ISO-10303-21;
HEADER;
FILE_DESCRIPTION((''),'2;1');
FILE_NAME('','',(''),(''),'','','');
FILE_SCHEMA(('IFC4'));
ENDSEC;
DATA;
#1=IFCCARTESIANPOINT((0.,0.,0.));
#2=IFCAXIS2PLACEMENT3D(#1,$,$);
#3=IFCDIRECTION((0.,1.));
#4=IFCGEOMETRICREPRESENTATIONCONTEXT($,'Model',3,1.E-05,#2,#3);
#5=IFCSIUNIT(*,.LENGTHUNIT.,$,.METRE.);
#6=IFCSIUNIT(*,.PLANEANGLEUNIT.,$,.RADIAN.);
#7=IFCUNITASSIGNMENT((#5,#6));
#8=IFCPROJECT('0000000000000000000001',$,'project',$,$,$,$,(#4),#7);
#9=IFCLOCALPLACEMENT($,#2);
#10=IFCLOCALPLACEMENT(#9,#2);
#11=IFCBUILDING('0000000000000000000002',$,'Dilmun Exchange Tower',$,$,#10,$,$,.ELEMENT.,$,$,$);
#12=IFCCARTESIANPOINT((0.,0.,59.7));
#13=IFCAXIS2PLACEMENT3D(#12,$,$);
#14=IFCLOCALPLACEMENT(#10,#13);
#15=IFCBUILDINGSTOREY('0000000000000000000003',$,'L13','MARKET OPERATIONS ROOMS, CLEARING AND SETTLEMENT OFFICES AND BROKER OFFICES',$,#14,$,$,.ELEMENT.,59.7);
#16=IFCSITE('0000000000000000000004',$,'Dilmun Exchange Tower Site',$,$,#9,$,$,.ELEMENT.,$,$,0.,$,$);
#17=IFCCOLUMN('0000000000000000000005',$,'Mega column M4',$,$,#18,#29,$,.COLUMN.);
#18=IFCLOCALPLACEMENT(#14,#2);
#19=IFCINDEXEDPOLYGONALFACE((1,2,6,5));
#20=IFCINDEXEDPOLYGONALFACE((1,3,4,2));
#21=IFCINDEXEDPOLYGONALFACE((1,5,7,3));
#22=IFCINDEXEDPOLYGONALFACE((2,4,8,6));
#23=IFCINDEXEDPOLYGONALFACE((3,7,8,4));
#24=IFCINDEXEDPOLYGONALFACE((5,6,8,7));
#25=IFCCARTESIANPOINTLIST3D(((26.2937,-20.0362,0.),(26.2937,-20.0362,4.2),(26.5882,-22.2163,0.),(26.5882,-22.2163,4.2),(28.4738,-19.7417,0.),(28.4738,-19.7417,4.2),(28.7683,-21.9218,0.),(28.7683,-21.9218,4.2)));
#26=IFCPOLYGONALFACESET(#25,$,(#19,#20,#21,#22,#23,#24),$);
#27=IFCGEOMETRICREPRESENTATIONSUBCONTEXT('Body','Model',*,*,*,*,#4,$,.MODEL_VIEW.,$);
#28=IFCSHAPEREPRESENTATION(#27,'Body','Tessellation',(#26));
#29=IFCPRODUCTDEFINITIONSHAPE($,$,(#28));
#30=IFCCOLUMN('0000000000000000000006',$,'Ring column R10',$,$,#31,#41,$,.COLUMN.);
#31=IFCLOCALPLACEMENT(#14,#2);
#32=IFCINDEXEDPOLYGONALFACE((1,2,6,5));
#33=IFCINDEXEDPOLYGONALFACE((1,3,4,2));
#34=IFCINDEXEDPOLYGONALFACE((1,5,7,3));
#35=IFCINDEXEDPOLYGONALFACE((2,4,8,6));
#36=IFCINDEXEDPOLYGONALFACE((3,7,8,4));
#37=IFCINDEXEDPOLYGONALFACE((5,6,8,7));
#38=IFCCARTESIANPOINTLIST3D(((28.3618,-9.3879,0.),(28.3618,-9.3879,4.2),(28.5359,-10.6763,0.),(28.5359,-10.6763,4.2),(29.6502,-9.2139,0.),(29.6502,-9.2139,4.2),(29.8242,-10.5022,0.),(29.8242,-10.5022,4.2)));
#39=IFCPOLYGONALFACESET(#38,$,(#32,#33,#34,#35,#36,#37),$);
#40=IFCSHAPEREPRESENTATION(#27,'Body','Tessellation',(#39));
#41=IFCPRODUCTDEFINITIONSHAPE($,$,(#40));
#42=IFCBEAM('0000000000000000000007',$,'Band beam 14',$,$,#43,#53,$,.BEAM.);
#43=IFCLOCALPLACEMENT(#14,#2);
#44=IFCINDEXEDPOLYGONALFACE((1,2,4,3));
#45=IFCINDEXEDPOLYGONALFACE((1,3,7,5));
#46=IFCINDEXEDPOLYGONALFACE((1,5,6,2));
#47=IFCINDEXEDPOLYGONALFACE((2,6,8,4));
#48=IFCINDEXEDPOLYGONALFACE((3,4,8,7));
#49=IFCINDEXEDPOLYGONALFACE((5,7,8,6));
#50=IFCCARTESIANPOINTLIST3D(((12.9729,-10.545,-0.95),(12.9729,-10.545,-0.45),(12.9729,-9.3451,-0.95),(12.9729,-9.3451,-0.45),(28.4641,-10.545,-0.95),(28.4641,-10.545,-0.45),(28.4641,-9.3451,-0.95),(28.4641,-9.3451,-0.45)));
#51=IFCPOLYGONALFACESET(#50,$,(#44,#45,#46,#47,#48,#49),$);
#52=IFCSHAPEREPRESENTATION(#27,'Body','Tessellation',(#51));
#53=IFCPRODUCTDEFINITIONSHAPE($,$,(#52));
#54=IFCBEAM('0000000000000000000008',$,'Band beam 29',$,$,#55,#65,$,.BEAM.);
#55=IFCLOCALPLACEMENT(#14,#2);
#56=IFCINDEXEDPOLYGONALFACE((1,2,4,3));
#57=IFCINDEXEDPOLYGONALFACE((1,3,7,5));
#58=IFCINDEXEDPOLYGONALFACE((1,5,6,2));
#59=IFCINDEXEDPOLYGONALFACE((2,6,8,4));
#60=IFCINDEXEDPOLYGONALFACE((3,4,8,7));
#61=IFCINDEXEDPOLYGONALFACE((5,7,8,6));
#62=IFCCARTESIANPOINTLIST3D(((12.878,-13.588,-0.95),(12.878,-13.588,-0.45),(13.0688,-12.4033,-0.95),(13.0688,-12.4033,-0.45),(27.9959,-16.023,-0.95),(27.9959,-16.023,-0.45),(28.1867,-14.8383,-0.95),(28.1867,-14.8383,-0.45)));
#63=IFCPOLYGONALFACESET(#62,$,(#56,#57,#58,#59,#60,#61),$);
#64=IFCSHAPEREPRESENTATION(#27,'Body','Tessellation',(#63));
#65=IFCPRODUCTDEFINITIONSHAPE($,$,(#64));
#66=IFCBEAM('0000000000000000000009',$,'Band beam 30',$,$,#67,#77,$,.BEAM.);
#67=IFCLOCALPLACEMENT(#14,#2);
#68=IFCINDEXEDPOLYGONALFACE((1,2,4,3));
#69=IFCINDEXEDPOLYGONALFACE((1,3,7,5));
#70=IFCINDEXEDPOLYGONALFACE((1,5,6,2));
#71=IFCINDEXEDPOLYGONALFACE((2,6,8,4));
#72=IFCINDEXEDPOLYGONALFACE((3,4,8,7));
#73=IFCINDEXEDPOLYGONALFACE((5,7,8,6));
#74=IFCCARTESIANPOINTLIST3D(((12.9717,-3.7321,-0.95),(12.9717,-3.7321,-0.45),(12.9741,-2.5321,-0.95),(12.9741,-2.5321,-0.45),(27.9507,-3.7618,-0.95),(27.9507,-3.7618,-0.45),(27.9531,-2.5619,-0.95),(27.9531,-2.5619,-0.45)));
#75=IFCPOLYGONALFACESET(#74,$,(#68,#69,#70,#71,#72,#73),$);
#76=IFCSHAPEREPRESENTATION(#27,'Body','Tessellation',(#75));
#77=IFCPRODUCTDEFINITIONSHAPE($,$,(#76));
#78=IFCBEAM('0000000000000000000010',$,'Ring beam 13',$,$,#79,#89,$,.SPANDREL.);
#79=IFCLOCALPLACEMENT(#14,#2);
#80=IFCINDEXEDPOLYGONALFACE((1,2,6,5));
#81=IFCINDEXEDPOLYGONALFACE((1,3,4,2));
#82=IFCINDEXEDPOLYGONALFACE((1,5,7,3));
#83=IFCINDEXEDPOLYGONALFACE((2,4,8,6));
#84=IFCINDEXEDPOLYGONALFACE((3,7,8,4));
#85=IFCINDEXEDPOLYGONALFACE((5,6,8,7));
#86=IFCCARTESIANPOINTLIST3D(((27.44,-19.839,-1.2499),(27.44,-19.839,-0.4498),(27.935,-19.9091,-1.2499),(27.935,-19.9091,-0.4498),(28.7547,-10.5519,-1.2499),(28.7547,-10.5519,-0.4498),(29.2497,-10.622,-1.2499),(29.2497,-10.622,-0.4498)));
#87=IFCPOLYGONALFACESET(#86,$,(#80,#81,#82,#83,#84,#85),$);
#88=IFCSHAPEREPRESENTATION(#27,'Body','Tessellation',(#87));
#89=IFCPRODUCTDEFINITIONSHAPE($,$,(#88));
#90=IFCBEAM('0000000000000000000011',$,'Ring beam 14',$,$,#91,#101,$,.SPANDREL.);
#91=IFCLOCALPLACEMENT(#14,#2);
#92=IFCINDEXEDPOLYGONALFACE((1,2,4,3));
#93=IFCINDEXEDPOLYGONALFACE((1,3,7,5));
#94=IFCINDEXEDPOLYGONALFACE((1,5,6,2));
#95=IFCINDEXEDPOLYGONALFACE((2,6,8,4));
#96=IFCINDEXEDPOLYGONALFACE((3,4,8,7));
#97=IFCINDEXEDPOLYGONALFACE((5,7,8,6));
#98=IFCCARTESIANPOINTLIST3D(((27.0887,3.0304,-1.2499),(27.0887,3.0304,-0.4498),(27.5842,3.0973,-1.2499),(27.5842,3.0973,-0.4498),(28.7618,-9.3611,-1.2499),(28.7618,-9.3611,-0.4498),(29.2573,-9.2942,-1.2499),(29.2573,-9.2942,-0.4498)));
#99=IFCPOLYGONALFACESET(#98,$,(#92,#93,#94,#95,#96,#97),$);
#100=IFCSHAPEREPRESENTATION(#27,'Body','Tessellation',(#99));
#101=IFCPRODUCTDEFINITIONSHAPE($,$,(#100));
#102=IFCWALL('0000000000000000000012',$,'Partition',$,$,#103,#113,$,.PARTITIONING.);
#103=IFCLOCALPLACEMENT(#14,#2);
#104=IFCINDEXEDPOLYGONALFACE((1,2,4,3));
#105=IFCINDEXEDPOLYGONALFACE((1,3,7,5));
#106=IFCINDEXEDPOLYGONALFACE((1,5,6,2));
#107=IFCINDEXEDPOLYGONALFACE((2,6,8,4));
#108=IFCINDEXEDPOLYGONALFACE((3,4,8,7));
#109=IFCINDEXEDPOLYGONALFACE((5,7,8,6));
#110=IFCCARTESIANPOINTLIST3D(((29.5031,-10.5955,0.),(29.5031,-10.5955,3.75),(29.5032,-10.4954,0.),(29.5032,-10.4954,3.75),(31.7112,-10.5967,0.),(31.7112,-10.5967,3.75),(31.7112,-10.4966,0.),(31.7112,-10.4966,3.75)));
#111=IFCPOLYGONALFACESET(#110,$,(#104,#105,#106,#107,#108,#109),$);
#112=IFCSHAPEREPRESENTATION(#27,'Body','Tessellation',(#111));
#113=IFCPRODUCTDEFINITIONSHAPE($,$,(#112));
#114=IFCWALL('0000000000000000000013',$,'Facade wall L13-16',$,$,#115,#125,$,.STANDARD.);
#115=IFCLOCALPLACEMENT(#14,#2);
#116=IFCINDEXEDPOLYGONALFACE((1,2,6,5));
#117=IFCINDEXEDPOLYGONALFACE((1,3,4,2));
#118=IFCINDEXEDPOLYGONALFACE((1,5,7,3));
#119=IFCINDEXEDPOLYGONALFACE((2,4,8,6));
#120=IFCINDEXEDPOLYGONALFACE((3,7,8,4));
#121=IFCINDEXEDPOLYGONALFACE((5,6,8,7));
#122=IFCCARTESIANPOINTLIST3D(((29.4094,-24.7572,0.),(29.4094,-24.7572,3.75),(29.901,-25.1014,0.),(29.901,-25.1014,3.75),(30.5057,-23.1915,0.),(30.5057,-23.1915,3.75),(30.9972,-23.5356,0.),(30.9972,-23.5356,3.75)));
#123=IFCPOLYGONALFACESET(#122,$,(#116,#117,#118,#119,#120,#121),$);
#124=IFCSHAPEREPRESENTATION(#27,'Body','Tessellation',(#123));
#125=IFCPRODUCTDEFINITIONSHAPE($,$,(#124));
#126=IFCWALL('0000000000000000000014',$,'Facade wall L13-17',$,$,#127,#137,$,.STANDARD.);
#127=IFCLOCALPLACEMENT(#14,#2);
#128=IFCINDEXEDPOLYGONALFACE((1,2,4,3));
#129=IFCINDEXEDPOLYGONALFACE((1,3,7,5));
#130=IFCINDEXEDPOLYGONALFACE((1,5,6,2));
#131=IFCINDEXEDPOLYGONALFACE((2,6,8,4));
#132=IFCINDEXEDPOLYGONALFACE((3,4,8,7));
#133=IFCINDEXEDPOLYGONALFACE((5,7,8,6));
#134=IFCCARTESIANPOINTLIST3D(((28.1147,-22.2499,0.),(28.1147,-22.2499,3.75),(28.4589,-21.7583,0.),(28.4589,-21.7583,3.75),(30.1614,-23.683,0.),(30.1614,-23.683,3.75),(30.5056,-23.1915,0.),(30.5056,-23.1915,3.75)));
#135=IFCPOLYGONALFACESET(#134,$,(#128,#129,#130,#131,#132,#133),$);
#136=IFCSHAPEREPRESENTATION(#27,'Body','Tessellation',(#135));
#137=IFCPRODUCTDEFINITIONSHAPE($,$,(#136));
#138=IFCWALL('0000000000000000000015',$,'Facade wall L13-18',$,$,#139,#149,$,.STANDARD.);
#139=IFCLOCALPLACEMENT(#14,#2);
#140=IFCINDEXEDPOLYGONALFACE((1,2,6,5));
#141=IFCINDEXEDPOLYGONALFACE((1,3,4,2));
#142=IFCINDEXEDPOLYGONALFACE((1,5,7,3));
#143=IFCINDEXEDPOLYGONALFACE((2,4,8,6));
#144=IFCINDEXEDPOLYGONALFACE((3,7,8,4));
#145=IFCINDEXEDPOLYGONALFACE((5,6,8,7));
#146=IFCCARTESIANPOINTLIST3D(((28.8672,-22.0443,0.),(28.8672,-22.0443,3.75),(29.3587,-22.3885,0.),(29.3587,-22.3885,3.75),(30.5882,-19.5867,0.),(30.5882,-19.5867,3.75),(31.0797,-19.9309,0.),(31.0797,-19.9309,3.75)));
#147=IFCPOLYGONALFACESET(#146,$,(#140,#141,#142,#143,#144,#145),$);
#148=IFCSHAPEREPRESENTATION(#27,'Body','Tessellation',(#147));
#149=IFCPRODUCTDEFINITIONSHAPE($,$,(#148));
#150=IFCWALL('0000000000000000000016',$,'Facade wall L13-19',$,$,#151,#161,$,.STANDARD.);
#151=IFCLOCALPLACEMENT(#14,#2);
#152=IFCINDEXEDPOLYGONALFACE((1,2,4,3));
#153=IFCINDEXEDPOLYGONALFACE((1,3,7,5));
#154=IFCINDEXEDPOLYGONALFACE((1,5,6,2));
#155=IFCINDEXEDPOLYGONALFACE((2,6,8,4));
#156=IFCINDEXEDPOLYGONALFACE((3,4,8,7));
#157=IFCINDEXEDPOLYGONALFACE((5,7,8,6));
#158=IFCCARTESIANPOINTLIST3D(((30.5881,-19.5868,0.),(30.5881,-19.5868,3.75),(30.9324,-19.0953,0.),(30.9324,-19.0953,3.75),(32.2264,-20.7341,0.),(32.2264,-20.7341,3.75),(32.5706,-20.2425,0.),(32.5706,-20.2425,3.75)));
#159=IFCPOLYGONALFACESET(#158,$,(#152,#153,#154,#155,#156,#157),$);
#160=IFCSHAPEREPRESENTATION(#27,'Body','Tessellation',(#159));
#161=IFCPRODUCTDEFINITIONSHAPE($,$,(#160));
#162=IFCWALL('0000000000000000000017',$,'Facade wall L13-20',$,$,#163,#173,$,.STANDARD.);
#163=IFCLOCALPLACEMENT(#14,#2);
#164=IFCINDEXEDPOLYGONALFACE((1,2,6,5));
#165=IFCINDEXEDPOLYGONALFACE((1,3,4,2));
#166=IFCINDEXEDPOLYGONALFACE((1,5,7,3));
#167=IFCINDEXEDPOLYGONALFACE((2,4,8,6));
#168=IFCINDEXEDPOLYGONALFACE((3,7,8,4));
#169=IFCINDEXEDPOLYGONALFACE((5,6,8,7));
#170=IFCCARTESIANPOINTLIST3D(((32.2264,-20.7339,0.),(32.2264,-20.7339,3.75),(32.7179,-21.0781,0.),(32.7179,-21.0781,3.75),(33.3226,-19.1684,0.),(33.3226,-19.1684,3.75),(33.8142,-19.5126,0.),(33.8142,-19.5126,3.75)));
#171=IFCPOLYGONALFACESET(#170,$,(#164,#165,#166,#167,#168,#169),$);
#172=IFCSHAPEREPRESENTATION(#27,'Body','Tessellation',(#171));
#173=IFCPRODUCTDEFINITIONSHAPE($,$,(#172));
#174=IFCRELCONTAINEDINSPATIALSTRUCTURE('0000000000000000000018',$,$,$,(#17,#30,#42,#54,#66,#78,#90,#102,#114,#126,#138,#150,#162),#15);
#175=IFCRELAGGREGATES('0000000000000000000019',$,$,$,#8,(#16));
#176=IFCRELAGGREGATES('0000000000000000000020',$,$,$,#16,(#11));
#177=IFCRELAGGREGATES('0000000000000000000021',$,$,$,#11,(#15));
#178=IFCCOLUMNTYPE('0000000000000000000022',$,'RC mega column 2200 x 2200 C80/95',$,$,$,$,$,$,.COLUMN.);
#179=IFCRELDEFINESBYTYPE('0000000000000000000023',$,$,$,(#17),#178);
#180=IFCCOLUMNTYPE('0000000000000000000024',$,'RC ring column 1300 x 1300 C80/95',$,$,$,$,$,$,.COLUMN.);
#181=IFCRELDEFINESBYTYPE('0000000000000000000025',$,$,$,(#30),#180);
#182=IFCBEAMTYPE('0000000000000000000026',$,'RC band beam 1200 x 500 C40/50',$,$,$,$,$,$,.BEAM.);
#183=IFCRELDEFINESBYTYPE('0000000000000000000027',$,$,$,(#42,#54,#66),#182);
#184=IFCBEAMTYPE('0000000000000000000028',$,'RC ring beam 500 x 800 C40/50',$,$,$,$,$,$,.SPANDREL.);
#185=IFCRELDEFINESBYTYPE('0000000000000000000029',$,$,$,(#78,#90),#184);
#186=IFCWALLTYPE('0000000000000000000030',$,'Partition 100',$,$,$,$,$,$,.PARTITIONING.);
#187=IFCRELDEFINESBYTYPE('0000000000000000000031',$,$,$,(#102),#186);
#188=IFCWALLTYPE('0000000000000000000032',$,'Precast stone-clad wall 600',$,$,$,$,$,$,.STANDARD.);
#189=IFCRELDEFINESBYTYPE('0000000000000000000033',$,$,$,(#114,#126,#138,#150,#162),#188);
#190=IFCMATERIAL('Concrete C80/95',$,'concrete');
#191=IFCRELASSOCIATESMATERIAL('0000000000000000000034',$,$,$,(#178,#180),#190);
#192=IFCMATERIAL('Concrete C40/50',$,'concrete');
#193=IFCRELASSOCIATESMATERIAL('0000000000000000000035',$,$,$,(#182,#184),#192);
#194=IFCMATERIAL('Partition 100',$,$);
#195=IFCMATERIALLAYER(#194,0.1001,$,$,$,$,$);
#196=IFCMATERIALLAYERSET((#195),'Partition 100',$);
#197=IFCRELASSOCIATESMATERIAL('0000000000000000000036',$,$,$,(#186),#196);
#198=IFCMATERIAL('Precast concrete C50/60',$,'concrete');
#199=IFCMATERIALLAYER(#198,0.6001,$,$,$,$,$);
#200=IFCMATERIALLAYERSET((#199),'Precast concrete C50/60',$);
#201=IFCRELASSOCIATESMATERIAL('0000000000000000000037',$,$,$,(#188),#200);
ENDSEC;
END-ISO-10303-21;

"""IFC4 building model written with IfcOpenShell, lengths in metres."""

from ifc_helpers import new_model, si_unit, direction, frame, frame_2d, origin, origin_2d, place, context, subcontext, project, spatial, rectangle, extrude, material, layer, layer_set, material_profile, profile_set, type_object, element, save


model = new_model("IFC4")

# Units and contexts
model_context = context("Model", 3, precision=1e-05, world=origin(), true_north=direction((0.0, 1.0)))
body_context = subcontext(model_context, "Body", "Model", "MODEL_VIEW")
ifc_project = project(units=[si_unit("LENGTHUNIT", "METRE"), si_unit("PLANEANGLEUNIT", "RADIAN")], contexts=[model_context])

# Site, building, storey
site_placement = place(None, origin())
site = spatial("IfcSite", under=ifc_project, at=site_placement, Name="Dilmun Exchange Tower Site", CompositionType="ELEMENT", RefElevation=0.0)
building_placement = place(site_placement, origin())
building = spatial("IfcBuilding", under=site, at=building_placement, Name="Dilmun Exchange Tower", CompositionType="ELEMENT")
storey_placement = place(building_placement, frame((0.0, 0.0, 59.7)))
storey = spatial("IfcBuildingStorey", under=building, at=storey_placement, Name="L13", Description="MARKET OPERATIONS ROOMS, CLEARING AND SETTLEMENT OFFICES AND BROKER OFFICES", CompositionType="ELEMENT", Elevation=59.7)

# Columns
ifc_material_1 = material(Name="Concrete C80/95", Category="concrete")
ifc_material_profile_1 = material_profile(ifc_material_1, rectangle(XDim=2.2, YDim=2.2, at=origin_2d()), Name="2200 x 2200")
ifc_profile_set_1 = profile_set([ifc_material_profile_1], Name="Concrete C80/95")
column_type_1 = type_object("IfcColumnType", Name="RC mega column 2200 x 2200 C80/95", PredefinedType="COLUMN", material=ifc_profile_set_1)
column_1_placement = place(storey_placement, frame((27.531, -20.979, 0.0), z_axis=(0.0, 0.0, 1.0), x_axis=(0.991001, 0.133853, 0.0)))
element("IfcColumn", 1, at=column_1_placement, inside=storey, type_object=column_type_1, Name="Mega column M4", PredefinedType="COLUMN", context=body_context, shape_type="SweptSolid", body=[
    extrude(rectangle(XDim=2.2, YDim=2.2, at=origin_2d()), origin(), (0.0, 0.0, 1.0), 4.2),
])
ifc_material_profile_2 = material_profile(ifc_material_1, rectangle(XDim=1.3, YDim=1.3, at=origin_2d()), Name="1300 x 1300")
ifc_profile_set_2 = profile_set([ifc_material_profile_2], Name="Concrete C80/95")
column_type_2 = type_object("IfcColumnType", Name="RC ring column 1300 x 1300 C80/95", PredefinedType="COLUMN", material=ifc_profile_set_2)
column_2_placement = place(storey_placement, frame((29.093, -9.9451, 0.0), z_axis=(0.0, 0.0, 1.0), x_axis=(0.991001, 0.133853, 0.0)))
element("IfcColumn", 2, at=column_2_placement, inside=storey, type_object=column_type_2, Name="Ring column R10", PredefinedType="COLUMN", context=body_context, shape_type="SweptSolid", body=[
    extrude(rectangle(XDim=1.3, YDim=1.3, at=origin_2d()), origin(), (0.0, 0.0, 1.0), 4.2),
])

# Beams
ifc_material_2 = material(Name="Concrete C40/50", Category="concrete")
ifc_material_profile_3 = material_profile(ifc_material_2, rectangle(XDim=1.2, YDim=0.5, at=origin_2d()), Name="1200 x 500")
ifc_profile_set_3 = profile_set([ifc_material_profile_3], Name="Concrete C40/50")
beam_type_1 = type_object("IfcBeamType", Name="RC band beam 1200 x 500 C40/50", PredefinedType="BEAM", material=ifc_profile_set_3)
beam_1_placement = place(storey_placement, frame((28.4641, -9.9451, -0.7), z_axis=(-1.0, 0.0, 0.0), x_axis=(0.0, -1.0, 0.0)))
element("IfcBeam", 3, at=beam_1_placement, inside=storey, type_object=beam_type_1, Name="Band beam 14", PredefinedType="BEAM", context=body_context, shape_type="SweptSolid", body=[
    extrude(rectangle(XDim=1.2, YDim=0.5, at=origin_2d()), origin(), (0.0, 0.0, 1.0), 15.4912),
])
beam_2_placement = place(storey_placement, frame((28.0913, -15.4307, -0.7), z_axis=(-0.987275, 0.159021, 0.0), x_axis=(-0.159021, -0.987275, 0.0)))
element("IfcBeam", 4, at=beam_2_placement, inside=storey, type_object=beam_type_1, Name="Band beam 29", PredefinedType="BEAM", context=body_context, shape_type="SweptSolid", body=[
    extrude(rectangle(XDim=1.2, YDim=0.5, at=origin_2d()), origin(), (0.0, 0.0, 1.0), 15.3127),
])
beam_3_placement = place(storey_placement, frame((27.9519, -3.1619, -0.7), z_axis=(-0.999998, 0.001988, 0.0), x_axis=(-0.001988, -0.999998, 0.0)))
element("IfcBeam", 5, at=beam_3_placement, inside=storey, type_object=beam_type_1, Name="Band beam 30", PredefinedType="BEAM", context=body_context, shape_type="SweptSolid", body=[
    extrude(rectangle(XDim=1.2, YDim=0.5, at=origin_2d()), origin(), (0.0, 0.0, 1.0), 14.979),
])
ifc_material_profile_4 = material_profile(ifc_material_2, rectangle(XDim=0.5, YDim=0.8, at=origin_2d()), Name="500 x 800")
ifc_profile_set_4 = profile_set([ifc_material_profile_4], Name="Concrete C40/50")
beam_type_2 = type_object("IfcBeamType", Name="RC ring beam 500 x 800 C40/50", PredefinedType="SPANDREL", material=ifc_profile_set_4)
beam_4_placement = place(storey_placement, frame((27.6875, -19.874, -0.8499), z_axis=(0.140164, 0.990128, 0.0), x_axis=(-0.990128, 0.140164, 0.0)))
element("IfcBeam", 6, at=beam_4_placement, inside=storey, type_object=beam_type_2, Name="Ring beam 13", PredefinedType="SPANDREL", context=body_context, shape_type="SweptSolid", body=[
    extrude(rectangle(XDim=0.5, YDim=0.8, at=origin_2d()), origin(), (0.0, 0.0, 1.0), 9.3796),
])
beam_5_placement = place(storey_placement, frame((29.0095, -9.3276, -0.8499), z_axis=(-0.133807, 0.991007, 0.0), x_axis=(-0.991007, -0.133807, 0.0)))
element("IfcBeam", 7, at=beam_5_placement, inside=storey, type_object=beam_type_2, Name="Ring beam 14", PredefinedType="SPANDREL", context=body_context, shape_type="SweptSolid", body=[
    extrude(rectangle(XDim=0.5, YDim=0.8, at=origin_2d()), origin(), (0.0, 0.0, 1.0), 12.5039),
])

# Walls
ifc_material_3 = material(Name="Partition 100")
ifc_layer_1 = layer(ifc_material_3, 0.1001)
ifc_layer_set_1 = layer_set([ifc_layer_1], Name="Partition 100")
wall_type_1 = type_object("IfcWallType", Name="Partition 100", PredefinedType="PARTITIONING", material=ifc_layer_set_1)
wall_1_placement = place(storey_placement, frame((29.5032, -10.5454, 0.0), z_axis=(0.0, 0.0, 1.0), x_axis=(1.0, -0.000553, 0.0)))
element("IfcWall", 8, at=wall_1_placement, inside=storey, type_object=wall_type_1, Name="Partition", PredefinedType="PARTITIONING", context=body_context, shape_type="SweptSolid", body=[
    extrude(rectangle(XDim=2.208, YDim=0.1001, at=frame_2d((1.104, 0.0))), origin(), (0.0, 0.0, 1.0), 3.75),
])
ifc_material_4 = material(Name="Precast concrete C50/60", Category="concrete")
ifc_layer_2 = layer(ifc_material_4, 0.6001)
ifc_layer_set_2 = layer_set([ifc_layer_2], Name="Precast concrete C50/60")
wall_type_2 = type_object("IfcWallType", Name="Precast stone-clad wall 600", PredefinedType="STANDARD", material=ifc_layer_set_2)
wall_2_placement = place(storey_placement, frame((29.6553, -24.9292, 0.0), z_axis=(0.0, 0.0, 1.0), x_axis=(0.573539, 0.819178, 0.0)))
element("IfcWall", 9, at=wall_2_placement, inside=storey, type_object=wall_type_2, Name="Facade wall L13-16", PredefinedType="STANDARD", context=body_context, shape_type="SweptSolid", body=[
    extrude(rectangle(XDim=1.9114, YDim=0.6001, at=frame_2d((0.9556, 0.0))), origin(), (0.0, 0.0, 1.0), 3.75),
])
wall_3_placement = place(storey_placement, frame((30.3335, -23.4373, 0.0), z_axis=(0.0, 0.0, 1.0), x_axis=(-0.819145, 0.573587, 0.0)))
element("IfcWall", 10, at=wall_3_placement, inside=storey, type_object=wall_type_2, Name="Facade wall L13-17", PredefinedType="STANDARD", context=body_context, shape_type="SweptSolid", body=[
    extrude(rectangle(XDim=2.4985, YDim=0.6001, at=frame_2d((1.2493, 0.0))), origin(), (0.0, 0.0, 1.0), 3.75),
])
wall_4_placement = place(storey_placement, frame((29.113, -22.2163, 0.0), z_axis=(0.0, 0.0, 1.0), x_axis=(0.573615, 0.819125, 0.0)))
element("IfcWall", 11, at=wall_4_placement, inside=storey, type_object=wall_type_2, Name="Facade wall L13-18", PredefinedType="STANDARD", context=body_context, shape_type="SweptSolid", body=[
    extrude(rectangle(XDim=3.0002, YDim=0.6001, at=frame_2d((1.5, 0.0))), origin(), (0.0, 0.0, 1.0), 3.75),
])
wall_5_placement = place(storey_placement, frame((30.7603, -19.3411, 0.0), z_axis=(0.0, 0.0, 1.0), x_axis=(0.819117, -0.573626, 0.0)))
element("IfcWall", 12, at=wall_5_placement, inside=storey, type_object=wall_type_2, Name="Facade wall L13-19", PredefinedType="STANDARD", context=body_context, shape_type="SweptSolid", body=[
    extrude(rectangle(XDim=2.0, YDim=0.6001, at=frame_2d((1.0, 0.0))), origin(), (0.0, 0.0, 1.0), 3.75),
])
wall_6_placement = place(storey_placement, frame((32.4722, -20.906, 0.0), z_axis=(0.0, 0.0, 1.0), x_axis=(0.5736, 0.819136, 0.0)))
element("IfcWall", 13, at=wall_6_placement, inside=storey, type_object=wall_type_2, Name="Facade wall L13-20", PredefinedType="STANDARD", context=body_context, shape_type="SweptSolid", body=[
    extrude(rectangle(XDim=1.9111, YDim=0.6001, at=frame_2d((0.9556, 0.0))), origin(), (0.0, 0.0, 1.0), 3.75),
])

save(model, "model.ifc")
